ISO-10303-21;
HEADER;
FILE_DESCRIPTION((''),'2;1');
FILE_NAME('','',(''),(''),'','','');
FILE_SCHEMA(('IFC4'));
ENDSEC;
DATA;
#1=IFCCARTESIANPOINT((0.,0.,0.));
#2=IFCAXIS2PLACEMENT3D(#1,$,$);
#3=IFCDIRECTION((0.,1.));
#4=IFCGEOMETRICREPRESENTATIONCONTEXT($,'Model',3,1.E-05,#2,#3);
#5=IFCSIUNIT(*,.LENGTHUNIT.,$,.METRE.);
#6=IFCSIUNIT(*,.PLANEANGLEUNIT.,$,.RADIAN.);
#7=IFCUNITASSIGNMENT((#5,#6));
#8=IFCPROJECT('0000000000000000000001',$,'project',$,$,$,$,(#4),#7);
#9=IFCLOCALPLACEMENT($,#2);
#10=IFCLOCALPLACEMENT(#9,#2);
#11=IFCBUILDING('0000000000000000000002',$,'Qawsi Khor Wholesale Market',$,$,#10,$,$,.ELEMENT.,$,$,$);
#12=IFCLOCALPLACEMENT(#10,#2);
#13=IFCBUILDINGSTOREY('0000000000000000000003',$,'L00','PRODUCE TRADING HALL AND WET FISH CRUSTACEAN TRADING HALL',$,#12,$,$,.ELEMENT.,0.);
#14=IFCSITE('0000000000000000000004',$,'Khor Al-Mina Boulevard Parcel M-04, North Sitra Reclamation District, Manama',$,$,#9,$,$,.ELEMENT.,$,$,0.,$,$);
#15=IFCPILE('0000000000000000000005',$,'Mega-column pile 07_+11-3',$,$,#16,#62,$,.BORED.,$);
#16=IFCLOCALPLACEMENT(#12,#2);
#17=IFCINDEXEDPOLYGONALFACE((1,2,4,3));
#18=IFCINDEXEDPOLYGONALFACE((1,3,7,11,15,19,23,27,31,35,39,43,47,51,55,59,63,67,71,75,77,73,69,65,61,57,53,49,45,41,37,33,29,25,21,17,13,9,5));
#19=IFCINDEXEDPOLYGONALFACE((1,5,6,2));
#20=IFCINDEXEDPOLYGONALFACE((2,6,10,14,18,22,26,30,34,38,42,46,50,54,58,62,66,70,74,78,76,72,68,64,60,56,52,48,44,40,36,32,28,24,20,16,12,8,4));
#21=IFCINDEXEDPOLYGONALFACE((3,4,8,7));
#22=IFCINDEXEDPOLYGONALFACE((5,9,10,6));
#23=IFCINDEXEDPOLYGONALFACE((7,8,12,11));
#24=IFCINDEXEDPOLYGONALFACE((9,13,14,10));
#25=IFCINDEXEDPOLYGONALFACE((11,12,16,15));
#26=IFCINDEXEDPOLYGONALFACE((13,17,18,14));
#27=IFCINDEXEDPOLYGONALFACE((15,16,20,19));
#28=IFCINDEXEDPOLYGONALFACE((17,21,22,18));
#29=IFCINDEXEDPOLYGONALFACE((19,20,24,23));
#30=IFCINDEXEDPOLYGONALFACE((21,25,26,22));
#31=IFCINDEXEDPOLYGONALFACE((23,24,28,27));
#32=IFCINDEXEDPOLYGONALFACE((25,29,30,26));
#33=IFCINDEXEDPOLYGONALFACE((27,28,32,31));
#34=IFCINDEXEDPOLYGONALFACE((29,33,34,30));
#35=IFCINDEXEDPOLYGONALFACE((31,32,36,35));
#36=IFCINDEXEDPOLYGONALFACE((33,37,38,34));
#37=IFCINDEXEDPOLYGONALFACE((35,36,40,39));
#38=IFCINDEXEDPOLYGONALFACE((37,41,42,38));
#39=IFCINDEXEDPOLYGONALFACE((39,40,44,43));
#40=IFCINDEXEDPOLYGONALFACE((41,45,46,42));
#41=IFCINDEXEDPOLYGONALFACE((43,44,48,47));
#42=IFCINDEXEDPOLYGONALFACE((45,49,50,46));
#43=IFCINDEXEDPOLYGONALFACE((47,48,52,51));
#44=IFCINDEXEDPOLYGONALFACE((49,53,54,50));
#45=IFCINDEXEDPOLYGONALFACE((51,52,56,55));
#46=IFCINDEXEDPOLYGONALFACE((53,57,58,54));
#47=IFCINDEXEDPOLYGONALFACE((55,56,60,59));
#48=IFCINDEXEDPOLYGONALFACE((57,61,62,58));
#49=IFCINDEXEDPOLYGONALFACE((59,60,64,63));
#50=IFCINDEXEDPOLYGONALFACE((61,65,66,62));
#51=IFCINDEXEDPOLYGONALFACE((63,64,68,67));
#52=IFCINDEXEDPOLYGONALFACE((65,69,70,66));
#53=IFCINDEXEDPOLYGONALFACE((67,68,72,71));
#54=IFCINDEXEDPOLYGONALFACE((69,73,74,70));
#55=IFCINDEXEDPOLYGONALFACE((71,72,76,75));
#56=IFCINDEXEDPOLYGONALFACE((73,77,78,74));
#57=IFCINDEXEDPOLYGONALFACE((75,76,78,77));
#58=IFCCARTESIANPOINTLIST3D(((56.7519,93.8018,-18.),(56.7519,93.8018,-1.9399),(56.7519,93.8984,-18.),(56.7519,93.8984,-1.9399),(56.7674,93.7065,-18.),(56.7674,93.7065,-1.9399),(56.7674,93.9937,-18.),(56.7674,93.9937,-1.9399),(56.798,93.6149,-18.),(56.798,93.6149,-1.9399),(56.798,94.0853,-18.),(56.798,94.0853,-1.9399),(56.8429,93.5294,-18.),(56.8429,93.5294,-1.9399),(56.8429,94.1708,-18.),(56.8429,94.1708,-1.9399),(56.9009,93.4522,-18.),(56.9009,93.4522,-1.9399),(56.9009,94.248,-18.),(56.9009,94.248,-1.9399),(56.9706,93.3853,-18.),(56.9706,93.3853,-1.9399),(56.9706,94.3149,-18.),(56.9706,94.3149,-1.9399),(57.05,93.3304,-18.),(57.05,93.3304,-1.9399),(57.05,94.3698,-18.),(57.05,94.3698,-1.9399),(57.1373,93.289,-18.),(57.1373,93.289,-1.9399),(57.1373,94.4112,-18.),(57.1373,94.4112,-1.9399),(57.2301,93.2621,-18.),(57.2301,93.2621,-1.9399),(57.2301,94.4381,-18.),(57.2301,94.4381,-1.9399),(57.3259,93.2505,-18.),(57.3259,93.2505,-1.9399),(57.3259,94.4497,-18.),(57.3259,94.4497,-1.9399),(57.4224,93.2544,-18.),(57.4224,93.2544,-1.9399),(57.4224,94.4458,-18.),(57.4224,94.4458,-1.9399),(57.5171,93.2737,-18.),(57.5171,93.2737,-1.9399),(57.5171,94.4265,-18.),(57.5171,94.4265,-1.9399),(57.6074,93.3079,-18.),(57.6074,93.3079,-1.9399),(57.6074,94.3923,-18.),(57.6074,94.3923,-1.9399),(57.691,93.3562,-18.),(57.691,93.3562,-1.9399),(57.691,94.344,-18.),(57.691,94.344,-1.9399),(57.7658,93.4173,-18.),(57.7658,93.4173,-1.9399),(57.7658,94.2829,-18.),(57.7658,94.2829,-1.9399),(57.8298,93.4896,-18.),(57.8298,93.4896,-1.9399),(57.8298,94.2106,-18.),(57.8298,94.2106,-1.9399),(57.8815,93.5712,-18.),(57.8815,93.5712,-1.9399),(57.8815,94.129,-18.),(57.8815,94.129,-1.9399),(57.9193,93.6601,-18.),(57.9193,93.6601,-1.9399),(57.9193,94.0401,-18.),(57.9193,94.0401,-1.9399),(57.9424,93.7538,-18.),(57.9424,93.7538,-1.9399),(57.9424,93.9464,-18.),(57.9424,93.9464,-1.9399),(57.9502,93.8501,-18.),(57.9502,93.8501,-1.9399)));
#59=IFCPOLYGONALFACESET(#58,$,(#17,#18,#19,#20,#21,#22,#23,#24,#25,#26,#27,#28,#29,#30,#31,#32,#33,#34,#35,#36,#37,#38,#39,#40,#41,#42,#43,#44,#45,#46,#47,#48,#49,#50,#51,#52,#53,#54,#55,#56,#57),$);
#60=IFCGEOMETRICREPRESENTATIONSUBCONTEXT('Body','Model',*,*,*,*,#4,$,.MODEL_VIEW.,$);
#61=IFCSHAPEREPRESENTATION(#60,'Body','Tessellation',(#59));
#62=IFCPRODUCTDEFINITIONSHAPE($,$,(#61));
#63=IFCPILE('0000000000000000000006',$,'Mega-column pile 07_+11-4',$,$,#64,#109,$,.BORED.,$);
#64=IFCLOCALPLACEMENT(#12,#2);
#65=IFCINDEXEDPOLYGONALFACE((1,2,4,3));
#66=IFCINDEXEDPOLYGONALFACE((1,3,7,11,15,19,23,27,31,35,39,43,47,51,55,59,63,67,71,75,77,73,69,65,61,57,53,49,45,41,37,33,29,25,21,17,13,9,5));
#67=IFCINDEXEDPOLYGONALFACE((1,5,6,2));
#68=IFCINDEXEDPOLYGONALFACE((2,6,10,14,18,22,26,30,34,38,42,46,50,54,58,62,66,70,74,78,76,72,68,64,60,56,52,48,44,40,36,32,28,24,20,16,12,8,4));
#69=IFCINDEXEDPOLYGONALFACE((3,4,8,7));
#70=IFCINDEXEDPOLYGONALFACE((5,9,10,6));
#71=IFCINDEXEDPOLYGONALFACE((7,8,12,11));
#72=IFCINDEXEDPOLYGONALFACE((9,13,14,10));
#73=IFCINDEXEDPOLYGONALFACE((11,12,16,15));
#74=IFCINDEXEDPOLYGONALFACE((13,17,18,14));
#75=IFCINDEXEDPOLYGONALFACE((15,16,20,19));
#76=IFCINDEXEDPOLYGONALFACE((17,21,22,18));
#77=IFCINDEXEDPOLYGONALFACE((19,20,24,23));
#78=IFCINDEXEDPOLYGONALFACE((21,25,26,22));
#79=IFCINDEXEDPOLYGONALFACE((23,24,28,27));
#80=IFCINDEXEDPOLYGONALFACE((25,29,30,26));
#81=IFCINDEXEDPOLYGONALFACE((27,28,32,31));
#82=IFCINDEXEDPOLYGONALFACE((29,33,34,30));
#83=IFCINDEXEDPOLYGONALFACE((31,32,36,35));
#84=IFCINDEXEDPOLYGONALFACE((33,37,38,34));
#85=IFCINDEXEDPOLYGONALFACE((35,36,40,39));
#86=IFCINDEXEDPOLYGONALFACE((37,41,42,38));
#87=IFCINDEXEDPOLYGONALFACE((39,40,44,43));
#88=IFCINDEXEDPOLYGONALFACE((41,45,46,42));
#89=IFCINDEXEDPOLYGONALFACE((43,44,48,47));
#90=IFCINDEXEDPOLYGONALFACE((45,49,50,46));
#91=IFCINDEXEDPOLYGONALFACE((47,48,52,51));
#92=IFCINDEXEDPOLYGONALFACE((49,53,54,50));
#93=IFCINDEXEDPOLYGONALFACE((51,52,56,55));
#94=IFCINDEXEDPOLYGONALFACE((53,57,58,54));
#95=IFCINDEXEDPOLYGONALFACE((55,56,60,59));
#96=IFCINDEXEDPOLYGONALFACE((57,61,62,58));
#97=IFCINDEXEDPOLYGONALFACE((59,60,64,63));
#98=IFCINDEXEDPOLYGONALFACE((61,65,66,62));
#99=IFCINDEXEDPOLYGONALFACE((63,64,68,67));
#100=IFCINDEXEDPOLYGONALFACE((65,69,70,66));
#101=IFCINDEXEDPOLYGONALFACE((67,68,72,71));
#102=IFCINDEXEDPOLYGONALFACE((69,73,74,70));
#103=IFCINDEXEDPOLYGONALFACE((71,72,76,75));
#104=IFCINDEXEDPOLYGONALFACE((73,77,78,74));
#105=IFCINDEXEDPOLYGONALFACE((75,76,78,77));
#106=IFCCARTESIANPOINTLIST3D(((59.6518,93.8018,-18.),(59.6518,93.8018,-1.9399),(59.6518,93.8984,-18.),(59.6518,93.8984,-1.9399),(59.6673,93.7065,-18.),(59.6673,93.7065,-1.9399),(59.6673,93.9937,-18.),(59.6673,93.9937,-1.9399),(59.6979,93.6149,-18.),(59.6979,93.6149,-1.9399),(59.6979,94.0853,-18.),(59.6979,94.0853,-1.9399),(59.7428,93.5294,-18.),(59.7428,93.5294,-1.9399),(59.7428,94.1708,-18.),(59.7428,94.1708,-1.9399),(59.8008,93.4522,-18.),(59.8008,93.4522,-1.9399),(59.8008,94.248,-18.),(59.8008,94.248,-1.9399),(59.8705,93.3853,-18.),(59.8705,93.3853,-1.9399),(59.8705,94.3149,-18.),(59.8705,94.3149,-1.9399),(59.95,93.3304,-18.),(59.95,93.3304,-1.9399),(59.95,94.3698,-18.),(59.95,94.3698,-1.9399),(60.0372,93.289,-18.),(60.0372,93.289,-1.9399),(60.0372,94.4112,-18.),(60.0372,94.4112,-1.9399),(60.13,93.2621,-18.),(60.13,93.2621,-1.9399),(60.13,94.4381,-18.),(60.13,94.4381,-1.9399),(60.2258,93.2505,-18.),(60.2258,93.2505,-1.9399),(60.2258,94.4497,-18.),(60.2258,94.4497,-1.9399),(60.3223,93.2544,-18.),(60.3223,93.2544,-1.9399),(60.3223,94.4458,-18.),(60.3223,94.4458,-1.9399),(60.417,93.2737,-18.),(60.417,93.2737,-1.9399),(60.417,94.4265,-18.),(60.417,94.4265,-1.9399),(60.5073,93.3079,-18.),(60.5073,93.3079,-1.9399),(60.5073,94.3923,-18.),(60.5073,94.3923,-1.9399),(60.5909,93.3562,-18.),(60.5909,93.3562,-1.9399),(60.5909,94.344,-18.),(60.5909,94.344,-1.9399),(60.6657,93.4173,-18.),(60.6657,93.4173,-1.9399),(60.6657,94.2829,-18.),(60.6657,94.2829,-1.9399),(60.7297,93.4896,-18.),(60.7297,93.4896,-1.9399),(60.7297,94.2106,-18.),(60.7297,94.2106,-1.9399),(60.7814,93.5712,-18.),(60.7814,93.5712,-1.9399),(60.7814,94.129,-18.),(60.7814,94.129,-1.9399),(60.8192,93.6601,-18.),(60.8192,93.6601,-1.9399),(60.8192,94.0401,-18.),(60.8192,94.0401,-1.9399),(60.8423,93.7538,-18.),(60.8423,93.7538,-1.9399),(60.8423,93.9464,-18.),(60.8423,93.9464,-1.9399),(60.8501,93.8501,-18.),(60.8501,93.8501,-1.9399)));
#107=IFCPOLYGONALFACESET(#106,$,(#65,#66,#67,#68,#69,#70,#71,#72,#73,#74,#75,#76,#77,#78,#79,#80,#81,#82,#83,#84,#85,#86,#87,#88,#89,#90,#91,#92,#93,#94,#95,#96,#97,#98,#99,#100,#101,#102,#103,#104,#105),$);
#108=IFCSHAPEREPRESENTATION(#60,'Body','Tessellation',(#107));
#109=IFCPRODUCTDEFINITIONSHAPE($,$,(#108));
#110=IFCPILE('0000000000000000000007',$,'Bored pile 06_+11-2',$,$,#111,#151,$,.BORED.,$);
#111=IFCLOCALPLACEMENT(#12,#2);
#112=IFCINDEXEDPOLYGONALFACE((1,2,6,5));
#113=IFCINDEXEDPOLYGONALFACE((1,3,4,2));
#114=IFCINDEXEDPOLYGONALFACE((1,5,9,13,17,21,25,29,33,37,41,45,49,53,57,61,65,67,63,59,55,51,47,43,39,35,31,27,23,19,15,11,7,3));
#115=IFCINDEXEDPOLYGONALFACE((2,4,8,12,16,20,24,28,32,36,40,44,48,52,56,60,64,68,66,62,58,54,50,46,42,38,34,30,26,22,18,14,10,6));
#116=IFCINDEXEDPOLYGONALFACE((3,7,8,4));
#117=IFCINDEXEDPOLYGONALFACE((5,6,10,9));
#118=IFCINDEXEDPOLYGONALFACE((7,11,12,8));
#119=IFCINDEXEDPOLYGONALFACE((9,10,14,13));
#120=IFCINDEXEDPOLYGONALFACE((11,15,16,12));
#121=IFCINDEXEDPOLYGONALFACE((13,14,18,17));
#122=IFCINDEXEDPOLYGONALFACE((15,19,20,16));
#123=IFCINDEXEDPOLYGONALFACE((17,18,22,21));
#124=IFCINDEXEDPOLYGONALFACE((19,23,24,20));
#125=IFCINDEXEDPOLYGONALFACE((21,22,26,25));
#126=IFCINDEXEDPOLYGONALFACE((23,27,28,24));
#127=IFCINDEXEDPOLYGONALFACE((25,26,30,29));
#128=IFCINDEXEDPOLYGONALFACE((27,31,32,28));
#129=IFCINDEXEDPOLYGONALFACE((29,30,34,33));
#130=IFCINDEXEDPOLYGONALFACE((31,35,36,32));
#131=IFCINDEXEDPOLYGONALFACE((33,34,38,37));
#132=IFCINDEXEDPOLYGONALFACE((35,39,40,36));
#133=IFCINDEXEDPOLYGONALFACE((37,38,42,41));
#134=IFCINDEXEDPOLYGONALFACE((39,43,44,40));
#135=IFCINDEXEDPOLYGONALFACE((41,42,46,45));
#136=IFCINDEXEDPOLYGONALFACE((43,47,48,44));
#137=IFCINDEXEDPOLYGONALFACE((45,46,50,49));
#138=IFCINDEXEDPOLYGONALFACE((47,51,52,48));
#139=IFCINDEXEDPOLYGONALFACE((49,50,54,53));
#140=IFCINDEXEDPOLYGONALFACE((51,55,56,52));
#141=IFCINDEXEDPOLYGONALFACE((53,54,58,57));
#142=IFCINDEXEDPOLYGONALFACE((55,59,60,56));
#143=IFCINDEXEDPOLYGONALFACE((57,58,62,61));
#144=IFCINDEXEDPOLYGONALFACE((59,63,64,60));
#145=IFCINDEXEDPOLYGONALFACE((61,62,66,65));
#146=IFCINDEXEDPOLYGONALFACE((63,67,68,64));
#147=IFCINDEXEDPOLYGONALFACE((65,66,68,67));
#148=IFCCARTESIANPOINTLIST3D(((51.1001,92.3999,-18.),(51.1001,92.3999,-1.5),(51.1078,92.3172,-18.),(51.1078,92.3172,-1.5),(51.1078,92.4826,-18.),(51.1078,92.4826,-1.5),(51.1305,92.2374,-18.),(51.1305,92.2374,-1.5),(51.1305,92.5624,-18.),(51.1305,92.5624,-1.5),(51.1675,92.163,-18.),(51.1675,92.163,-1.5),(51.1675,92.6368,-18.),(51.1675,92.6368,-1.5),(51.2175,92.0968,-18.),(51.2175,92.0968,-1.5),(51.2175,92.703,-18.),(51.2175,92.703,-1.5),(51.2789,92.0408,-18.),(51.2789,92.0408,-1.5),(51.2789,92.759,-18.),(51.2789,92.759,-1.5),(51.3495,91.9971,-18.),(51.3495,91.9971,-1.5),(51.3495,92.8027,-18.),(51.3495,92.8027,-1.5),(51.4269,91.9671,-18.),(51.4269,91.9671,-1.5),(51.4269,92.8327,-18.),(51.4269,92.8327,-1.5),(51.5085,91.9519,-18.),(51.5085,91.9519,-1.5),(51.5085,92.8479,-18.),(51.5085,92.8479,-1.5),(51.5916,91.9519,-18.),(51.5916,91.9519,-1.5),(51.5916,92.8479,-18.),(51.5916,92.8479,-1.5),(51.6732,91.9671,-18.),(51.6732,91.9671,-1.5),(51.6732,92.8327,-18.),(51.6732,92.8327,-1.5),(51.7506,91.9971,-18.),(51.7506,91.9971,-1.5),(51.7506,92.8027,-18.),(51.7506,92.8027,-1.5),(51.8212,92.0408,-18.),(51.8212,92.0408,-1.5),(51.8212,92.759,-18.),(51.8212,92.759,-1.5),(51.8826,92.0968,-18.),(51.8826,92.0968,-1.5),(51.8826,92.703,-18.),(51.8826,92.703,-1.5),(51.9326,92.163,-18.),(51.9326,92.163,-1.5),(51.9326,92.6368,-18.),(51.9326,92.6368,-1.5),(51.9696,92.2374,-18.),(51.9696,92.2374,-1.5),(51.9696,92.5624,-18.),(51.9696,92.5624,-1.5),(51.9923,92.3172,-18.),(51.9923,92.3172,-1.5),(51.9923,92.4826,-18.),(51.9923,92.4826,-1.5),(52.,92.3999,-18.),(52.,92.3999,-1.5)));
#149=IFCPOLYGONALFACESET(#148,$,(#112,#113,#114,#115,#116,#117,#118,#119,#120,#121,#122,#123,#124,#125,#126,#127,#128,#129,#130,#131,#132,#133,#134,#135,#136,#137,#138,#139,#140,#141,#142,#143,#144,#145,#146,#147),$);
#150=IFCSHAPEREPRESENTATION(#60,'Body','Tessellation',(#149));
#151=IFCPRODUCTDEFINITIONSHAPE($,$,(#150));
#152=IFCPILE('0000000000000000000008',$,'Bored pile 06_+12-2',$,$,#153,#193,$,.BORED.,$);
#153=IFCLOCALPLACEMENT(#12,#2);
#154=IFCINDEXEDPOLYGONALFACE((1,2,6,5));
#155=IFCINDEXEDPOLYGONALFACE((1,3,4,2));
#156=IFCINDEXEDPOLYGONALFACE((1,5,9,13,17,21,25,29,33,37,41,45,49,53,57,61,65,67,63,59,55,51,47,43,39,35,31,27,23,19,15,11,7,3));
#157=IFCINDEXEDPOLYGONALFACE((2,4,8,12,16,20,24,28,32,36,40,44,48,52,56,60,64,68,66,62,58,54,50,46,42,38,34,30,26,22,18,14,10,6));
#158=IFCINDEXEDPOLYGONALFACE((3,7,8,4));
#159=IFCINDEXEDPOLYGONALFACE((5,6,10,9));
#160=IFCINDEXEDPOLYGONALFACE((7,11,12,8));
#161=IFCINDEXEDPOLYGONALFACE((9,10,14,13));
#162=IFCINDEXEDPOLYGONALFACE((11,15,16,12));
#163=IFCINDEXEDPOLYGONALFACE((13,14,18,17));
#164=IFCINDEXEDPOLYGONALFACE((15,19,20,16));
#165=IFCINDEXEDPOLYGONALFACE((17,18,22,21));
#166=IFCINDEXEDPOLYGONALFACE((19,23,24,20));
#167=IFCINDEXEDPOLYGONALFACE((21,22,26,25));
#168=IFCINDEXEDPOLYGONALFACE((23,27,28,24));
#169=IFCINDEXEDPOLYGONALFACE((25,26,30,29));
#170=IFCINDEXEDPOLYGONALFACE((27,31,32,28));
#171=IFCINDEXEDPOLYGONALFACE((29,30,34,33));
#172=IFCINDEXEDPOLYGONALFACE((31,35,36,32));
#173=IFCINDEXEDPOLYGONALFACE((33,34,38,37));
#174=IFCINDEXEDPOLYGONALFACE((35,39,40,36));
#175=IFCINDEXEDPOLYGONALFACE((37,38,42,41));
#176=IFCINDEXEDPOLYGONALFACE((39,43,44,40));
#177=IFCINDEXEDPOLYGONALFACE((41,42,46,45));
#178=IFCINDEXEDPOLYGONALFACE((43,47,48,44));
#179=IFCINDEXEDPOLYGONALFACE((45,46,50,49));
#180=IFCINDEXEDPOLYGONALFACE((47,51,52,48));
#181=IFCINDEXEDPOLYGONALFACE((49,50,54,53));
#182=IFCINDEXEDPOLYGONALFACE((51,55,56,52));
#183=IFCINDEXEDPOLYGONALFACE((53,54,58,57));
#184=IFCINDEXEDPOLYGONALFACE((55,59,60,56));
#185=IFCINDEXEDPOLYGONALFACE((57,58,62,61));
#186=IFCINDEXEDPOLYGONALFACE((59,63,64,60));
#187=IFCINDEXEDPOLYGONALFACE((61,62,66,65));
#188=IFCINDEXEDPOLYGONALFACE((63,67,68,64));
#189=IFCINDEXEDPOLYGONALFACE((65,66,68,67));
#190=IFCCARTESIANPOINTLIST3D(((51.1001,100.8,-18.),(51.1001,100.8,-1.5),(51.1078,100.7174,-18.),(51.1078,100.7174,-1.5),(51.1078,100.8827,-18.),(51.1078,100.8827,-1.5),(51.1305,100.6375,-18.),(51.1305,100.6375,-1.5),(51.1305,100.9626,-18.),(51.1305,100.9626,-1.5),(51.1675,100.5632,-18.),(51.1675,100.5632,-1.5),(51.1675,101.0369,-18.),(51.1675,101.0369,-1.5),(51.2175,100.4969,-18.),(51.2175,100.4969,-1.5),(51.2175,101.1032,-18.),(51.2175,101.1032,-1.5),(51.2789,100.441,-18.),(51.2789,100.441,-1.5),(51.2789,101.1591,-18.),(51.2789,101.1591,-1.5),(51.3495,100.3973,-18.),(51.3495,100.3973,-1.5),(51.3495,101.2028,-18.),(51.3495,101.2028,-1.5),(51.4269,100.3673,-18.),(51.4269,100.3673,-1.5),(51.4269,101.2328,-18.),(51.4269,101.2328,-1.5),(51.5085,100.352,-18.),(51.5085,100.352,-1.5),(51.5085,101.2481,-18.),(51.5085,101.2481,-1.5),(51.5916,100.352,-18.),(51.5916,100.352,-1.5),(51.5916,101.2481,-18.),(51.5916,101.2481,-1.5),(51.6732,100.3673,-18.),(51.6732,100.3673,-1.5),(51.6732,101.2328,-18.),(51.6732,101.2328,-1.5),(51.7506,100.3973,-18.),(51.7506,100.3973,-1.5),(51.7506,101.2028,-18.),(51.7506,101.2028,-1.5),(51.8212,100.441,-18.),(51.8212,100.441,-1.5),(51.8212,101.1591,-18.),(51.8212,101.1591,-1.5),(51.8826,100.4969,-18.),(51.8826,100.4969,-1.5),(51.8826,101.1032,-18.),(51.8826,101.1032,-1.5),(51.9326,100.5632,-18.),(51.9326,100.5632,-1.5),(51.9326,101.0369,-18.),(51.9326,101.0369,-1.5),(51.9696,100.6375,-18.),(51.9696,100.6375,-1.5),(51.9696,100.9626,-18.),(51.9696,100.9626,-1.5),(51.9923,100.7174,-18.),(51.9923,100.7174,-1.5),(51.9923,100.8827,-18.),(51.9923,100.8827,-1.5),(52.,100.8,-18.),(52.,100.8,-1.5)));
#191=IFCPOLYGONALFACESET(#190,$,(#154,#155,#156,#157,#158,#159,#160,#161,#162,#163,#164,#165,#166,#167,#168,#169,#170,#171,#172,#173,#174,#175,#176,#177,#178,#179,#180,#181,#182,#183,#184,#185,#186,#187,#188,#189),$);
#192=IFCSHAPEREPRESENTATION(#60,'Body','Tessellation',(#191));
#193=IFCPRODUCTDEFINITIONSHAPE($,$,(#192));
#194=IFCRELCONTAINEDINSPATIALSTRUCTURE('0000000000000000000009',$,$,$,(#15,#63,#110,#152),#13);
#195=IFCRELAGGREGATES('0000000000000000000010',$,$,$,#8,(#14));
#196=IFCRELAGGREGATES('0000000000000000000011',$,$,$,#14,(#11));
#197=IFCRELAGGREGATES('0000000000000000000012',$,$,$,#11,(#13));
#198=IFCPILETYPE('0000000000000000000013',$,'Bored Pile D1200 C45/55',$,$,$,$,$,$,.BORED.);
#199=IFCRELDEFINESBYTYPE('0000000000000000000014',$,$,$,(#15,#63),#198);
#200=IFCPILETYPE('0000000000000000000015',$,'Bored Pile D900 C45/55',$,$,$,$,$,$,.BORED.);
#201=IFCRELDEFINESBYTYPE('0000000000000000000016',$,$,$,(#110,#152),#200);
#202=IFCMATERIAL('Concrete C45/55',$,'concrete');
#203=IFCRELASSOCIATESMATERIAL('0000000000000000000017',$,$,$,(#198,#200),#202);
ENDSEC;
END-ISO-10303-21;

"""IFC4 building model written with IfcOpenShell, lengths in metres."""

from ifc_helpers import new_model, si_unit, direction, frame, origin, origin_2d, place, context, subcontext, project, spatial, circle, extrude, material, material_profile, profile_set, type_object, element, save


model = new_model("IFC4")

# Units and contexts
model_context = context("Model", 3, precision=1e-05, world=origin(), true_north=direction((0.0, 1.0)))
body_context = subcontext(model_context, "Body", "Model", "MODEL_VIEW")
ifc_project = project(units=[si_unit("LENGTHUNIT", "METRE"), si_unit("PLANEANGLEUNIT", "RADIAN")], contexts=[model_context])

# Site, building, storey
site_placement = place(None, origin())
site = spatial("IfcSite", under=ifc_project, at=site_placement, Name="Khor Al-Mina Boulevard Parcel M-04, North Sitra Reclamation District, Manama", CompositionType="ELEMENT", RefElevation=0.0)
building_placement = place(site_placement, origin())
building = spatial("IfcBuilding", under=site, at=building_placement, Name="Qawsi Khor Wholesale Market", CompositionType="ELEMENT")
storey_placement = place(building_placement, origin())
storey = spatial("IfcBuildingStorey", under=building, at=storey_placement, Name="L00", Description="PRODUCE TRADING HALL AND WET FISH CRUSTACEAN TRADING HALL", CompositionType="ELEMENT", Elevation=0.0)

# Piles
ifc_material_1 = material(Name="Concrete C45/55", Category="concrete")
ifc_material_profile_1 = material_profile(ifc_material_1, circle(Radius=0.6001, at=origin_2d()), Name="PILE D1200")
ifc_profile_set_1 = profile_set([ifc_material_profile_1], Name="Concrete C45/55")
pile_type_1 = type_object("IfcPileType", Name="Bored Pile D1200 C45/55", PredefinedType="BORED", material=ifc_profile_set_1)
for number, where, z_axis, x_axis, name in (
    (1, (57.3501, 93.8501, -1.9399), (0.0, 0.0, -1.0), (1.0, 0.0, 0.0), "Mega-column pile 07_+11-3"),
    (2, (60.25, 93.8501, -1.9399), (0.0, 0.0, -1.0), (1.0, 0.0, 0.0), "Mega-column pile 07_+11-4"),
):
    element("IfcPile", number, at=place(storey_placement, frame(where, z_axis=z_axis, x_axis=x_axis)), inside=storey, type_object=pile_type_1, Name=name, PredefinedType="BORED", context=body_context, shape_type="SweptSolid", body=[
        extrude(circle(Radius=0.6001, at=origin_2d()), origin(), (0.0, 0.0, 1.0), 16.0601),
    ])
ifc_material_profile_2 = material_profile(ifc_material_1, circle(Radius=0.45, at=origin_2d()), Name="PILE D900")
ifc_profile_set_2 = profile_set([ifc_material_profile_2], Name="Concrete C45/55")
pile_type_2 = type_object("IfcPileType", Name="Bored Pile D900 C45/55", PredefinedType="BORED", material=ifc_profile_set_2)
for number, where, z_axis, x_axis, name in (
    (3, (51.55, 92.3999, -1.5), (0.0, 0.0, -1.0), (1.0, 0.0, 0.0), "Bored pile 06_+11-2"),
    (4, (51.55, 100.8, -1.5), (0.0, 0.0, -1.0), (1.0, 0.0, 0.0), "Bored pile 06_+12-2"),
):
    element("IfcPile", number, at=place(storey_placement, frame(where, z_axis=z_axis, x_axis=x_axis)), inside=storey, type_object=pile_type_2, Name=name, PredefinedType="BORED", context=body_context, shape_type="SweptSolid", body=[
        extrude(circle(Radius=0.45, at=origin_2d()), origin(), (0.0, 0.0, 1.0), 16.5),
    ])

save(model, "model.ifc")
